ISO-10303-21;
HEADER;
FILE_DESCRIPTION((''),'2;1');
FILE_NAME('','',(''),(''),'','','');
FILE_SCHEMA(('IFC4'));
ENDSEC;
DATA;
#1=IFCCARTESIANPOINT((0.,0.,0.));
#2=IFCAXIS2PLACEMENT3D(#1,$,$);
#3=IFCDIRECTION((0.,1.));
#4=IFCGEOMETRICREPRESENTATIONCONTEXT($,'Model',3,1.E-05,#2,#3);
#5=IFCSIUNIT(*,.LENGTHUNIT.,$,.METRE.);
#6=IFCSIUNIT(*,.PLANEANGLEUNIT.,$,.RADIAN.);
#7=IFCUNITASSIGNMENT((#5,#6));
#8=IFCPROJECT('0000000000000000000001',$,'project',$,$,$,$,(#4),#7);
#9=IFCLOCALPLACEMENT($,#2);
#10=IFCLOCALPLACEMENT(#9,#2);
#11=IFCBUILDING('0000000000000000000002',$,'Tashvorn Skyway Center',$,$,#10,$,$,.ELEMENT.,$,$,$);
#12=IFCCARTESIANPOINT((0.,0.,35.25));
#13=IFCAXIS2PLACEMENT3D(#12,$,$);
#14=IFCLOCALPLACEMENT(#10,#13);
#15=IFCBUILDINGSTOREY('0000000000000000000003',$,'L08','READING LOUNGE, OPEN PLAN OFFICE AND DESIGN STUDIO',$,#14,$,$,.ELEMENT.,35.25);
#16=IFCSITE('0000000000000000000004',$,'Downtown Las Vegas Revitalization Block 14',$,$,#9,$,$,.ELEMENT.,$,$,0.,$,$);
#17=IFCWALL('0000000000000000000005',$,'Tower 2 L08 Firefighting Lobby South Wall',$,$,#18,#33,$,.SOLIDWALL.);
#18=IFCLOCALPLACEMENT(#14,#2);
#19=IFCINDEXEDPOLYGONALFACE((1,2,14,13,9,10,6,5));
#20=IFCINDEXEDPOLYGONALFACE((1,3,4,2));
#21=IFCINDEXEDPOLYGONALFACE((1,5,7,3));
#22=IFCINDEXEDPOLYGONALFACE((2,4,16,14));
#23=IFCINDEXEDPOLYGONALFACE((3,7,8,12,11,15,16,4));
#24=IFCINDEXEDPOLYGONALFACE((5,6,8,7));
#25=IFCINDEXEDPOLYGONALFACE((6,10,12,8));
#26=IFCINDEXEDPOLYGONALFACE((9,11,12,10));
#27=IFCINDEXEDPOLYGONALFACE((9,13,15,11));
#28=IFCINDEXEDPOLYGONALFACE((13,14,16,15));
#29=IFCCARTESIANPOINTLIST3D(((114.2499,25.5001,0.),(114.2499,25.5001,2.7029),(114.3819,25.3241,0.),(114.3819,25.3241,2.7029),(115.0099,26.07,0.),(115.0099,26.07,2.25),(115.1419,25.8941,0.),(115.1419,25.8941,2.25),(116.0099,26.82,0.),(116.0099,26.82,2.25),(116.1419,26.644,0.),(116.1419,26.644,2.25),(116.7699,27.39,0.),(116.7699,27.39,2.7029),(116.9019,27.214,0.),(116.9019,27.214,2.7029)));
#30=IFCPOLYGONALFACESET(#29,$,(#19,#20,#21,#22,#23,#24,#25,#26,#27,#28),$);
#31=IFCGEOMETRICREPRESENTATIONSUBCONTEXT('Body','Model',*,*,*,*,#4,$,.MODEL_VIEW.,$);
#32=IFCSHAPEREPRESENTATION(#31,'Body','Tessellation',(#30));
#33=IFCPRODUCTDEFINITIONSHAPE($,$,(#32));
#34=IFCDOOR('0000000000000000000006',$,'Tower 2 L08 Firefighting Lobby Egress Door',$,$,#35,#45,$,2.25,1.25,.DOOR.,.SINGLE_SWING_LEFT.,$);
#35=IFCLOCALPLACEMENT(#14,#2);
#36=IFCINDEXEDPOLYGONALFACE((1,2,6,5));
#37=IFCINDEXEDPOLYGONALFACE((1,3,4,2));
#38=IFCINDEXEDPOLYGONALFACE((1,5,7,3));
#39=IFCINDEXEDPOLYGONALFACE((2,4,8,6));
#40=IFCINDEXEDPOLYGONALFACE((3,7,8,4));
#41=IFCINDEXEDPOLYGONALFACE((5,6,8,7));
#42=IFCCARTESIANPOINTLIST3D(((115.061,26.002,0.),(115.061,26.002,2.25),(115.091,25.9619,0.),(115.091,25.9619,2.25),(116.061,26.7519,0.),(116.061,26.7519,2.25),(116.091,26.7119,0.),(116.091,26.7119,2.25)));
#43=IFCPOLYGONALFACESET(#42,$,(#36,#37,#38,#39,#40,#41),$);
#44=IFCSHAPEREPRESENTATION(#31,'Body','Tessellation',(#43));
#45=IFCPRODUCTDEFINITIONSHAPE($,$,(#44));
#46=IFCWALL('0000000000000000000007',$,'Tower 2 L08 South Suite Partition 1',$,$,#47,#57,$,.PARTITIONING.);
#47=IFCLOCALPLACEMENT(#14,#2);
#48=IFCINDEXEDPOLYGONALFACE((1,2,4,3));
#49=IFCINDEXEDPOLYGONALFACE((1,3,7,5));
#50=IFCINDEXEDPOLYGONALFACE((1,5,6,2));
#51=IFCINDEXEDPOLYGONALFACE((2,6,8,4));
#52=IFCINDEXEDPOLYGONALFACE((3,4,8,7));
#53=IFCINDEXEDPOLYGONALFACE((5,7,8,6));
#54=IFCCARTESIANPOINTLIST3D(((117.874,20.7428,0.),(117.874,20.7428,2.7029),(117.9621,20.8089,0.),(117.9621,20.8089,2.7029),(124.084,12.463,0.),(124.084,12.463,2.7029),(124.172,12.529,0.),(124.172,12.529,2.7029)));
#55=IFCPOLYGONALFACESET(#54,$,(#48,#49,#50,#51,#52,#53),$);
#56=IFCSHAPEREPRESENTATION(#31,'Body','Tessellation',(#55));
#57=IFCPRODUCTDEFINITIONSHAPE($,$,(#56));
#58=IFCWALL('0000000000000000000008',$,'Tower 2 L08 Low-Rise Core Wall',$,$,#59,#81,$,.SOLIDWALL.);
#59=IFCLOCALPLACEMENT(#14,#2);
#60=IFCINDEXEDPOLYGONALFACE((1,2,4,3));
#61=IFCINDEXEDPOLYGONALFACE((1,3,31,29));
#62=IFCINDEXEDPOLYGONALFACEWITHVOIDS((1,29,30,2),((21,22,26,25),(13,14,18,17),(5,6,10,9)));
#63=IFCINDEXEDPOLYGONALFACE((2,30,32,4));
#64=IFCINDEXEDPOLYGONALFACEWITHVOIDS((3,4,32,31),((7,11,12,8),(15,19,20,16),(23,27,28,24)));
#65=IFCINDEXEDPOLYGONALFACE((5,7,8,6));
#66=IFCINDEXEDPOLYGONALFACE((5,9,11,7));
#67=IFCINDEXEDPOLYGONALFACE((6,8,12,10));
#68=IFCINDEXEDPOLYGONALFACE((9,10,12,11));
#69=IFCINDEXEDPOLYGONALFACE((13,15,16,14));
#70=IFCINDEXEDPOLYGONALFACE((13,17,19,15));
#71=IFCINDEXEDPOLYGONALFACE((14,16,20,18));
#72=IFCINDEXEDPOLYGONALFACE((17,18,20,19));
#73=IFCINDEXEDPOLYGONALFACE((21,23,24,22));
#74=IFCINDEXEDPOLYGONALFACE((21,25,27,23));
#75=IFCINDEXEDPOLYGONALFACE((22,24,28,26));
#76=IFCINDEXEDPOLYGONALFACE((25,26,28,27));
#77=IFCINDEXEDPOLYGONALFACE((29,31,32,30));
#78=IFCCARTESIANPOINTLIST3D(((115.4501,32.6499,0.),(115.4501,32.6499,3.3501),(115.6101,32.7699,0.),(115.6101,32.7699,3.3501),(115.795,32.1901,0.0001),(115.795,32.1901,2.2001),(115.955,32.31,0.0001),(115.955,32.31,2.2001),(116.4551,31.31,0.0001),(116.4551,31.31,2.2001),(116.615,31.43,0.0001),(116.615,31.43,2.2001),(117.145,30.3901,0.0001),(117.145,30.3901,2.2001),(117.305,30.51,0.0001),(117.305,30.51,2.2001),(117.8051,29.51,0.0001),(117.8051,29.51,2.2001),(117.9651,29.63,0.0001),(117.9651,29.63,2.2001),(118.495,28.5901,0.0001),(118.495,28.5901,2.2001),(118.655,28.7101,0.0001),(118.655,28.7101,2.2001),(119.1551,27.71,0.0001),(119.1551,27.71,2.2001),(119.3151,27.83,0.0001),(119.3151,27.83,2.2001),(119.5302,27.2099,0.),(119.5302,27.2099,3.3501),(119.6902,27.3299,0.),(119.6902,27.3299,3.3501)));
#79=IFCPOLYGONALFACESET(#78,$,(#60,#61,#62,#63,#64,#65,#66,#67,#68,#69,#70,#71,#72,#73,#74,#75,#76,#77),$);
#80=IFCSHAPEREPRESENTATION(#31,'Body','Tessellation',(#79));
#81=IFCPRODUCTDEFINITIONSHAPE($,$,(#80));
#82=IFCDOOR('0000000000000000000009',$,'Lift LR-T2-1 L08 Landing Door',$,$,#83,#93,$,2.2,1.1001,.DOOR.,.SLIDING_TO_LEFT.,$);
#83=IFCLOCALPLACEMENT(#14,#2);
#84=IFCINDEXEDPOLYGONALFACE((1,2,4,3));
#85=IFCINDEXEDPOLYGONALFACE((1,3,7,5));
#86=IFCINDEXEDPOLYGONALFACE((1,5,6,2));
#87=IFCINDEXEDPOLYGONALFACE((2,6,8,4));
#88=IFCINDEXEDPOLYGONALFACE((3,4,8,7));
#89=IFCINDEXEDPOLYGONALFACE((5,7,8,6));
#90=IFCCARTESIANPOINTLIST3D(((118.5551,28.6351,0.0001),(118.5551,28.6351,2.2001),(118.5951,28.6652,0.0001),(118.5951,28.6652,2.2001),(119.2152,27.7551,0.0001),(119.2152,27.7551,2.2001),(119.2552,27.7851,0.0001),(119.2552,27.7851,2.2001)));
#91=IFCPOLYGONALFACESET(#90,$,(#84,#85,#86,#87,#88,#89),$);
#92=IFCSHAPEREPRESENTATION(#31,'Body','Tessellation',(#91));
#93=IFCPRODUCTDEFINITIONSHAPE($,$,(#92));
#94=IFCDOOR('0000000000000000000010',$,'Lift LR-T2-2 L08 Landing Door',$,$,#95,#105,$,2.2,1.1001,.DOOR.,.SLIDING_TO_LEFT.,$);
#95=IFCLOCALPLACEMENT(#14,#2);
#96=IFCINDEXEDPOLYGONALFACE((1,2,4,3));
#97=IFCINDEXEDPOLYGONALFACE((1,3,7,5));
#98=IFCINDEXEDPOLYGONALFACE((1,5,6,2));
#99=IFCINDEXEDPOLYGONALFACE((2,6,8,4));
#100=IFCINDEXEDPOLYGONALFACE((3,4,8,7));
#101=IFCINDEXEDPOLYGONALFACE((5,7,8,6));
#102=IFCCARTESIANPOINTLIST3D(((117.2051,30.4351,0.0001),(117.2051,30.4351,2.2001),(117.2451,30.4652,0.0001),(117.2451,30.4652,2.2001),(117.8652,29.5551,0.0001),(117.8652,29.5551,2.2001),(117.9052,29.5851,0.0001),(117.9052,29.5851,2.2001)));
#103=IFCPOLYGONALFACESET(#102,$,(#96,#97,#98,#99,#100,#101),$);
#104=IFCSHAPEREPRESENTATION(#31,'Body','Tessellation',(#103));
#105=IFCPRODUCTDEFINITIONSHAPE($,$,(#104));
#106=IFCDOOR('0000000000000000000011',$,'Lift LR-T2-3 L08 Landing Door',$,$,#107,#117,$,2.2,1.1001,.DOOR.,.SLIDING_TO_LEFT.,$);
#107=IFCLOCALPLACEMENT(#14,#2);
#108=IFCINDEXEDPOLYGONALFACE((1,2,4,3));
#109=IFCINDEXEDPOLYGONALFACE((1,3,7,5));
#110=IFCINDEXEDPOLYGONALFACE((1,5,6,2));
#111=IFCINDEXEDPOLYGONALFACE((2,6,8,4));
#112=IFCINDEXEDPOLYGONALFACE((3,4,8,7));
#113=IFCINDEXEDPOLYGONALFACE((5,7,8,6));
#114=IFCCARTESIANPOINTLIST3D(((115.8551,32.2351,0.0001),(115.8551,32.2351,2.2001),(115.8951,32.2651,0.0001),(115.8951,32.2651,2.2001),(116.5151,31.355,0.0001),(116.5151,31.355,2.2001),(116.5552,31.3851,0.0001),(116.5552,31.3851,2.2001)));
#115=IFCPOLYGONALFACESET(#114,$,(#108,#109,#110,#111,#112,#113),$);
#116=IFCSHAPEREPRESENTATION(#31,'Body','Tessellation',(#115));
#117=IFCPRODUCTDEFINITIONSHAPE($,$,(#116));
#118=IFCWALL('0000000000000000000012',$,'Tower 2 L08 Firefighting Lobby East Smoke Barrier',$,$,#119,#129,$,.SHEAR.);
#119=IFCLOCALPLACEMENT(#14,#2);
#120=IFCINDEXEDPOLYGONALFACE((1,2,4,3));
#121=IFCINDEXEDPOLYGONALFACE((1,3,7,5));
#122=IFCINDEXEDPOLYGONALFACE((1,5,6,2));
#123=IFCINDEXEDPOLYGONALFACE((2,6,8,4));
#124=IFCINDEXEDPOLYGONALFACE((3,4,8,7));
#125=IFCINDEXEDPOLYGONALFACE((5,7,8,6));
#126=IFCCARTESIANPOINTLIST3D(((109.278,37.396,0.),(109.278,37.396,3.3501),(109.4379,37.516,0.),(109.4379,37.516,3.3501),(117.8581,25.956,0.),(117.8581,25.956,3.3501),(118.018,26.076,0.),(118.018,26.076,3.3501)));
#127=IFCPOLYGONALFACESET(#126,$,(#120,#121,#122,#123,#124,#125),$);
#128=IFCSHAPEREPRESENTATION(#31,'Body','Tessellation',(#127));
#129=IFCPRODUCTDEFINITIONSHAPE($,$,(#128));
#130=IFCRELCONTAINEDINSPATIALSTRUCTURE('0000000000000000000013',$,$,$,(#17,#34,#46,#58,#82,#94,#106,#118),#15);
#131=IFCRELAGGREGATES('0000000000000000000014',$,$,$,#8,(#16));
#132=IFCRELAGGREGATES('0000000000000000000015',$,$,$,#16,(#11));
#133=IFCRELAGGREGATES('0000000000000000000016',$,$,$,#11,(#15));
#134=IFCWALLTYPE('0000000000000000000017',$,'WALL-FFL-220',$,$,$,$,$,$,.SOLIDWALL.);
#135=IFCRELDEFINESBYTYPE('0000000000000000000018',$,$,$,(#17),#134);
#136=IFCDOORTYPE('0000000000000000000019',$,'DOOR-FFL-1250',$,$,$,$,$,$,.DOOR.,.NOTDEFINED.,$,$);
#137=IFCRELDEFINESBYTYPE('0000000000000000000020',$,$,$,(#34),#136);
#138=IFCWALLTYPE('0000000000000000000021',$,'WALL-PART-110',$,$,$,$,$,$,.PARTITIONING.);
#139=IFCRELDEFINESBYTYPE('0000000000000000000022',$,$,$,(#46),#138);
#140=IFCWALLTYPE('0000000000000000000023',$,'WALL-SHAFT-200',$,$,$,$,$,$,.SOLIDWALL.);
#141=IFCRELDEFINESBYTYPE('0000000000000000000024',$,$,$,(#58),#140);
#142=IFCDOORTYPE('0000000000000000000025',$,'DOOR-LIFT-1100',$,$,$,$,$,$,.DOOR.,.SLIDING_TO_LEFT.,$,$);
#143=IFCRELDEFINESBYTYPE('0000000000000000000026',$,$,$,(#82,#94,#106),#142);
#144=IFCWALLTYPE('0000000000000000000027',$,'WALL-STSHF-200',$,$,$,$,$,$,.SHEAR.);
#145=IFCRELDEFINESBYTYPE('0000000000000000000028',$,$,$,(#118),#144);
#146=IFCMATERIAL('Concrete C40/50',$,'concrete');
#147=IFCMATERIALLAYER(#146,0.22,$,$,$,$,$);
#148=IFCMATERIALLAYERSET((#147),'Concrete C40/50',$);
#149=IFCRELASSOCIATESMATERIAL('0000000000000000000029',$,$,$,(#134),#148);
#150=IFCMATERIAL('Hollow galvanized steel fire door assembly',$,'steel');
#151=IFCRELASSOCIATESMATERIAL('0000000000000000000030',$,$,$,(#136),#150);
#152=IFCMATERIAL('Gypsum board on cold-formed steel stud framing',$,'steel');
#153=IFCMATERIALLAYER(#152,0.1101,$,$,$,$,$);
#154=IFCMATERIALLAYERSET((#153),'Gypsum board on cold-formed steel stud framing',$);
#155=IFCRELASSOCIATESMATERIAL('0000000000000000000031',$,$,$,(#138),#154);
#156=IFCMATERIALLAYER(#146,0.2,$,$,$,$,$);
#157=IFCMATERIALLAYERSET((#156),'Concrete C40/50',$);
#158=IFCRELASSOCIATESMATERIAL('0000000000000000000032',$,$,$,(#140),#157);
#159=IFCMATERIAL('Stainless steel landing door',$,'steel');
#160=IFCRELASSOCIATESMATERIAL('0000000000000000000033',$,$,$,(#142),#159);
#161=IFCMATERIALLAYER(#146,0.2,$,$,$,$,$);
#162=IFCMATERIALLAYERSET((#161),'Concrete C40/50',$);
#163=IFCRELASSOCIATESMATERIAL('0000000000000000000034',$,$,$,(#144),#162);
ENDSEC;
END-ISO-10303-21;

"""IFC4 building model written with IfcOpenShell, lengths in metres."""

from ifc_helpers import new_model, si_unit, direction, frame, frame_2d, origin, place, context, subcontext, project, spatial, rectangle, extrude, material, layer, layer_set, type_object, element, fill, save


model = new_model("IFC4")

# Units and contexts
model_context = context("Model", 3, precision=1e-05, world=origin(), true_north=direction((0.0, 1.0)))
body_context = subcontext(model_context, "Body", "Model", "MODEL_VIEW")
ifc_project = project(units=[si_unit("LENGTHUNIT", "METRE"), si_unit("PLANEANGLEUNIT", "RADIAN")], contexts=[model_context])

# Site, building, storey
site_placement = place(None, origin())
site = spatial("IfcSite", under=ifc_project, at=site_placement, Name="Downtown Las Vegas Revitalization Block 14", CompositionType="ELEMENT", RefElevation=0.0)
building_placement = place(site_placement, origin())
building = spatial("IfcBuilding", under=site, at=building_placement, Name="Tashvorn Skyway Center", CompositionType="ELEMENT")
storey_placement = place(building_placement, frame((0.0, 0.0, 35.25)))
storey = spatial("IfcBuildingStorey", under=building, at=storey_placement, Name="L08", Description="READING LOUNGE, OPEN PLAN OFFICE AND DESIGN STUDIO", CompositionType="ELEMENT", Elevation=35.25)

# Wall, opening, door
ifc_material_1 = material(Name="Concrete C40/50", Category="concrete")
ifc_layer_1 = layer(ifc_material_1, 0.22)
ifc_layer_set_1 = layer_set([ifc_layer_1], Name="Concrete C40/50")
wall_type_1 = type_object("IfcWallType", Name="WALL-FFL-220", PredefinedType="SOLIDWALL", material=ifc_layer_set_1)
wall_1_placement = place(storey_placement, frame((114.3159, 25.4121, 0.0), z_axis=(0.0, 0.0, 1.0), x_axis=(0.800019, 0.599975, 0.0)))
wall_1 = element("IfcWall", 1, at=wall_1_placement, inside=storey, type_object=wall_type_1, Name="Tower 2 L08 Firefighting Lobby South Wall", PredefinedType="SOLIDWALL", context=body_context, shape_type="SweptSolid", body=[
    extrude(rectangle(XDim=3.1499, YDim=0.22, at=frame_2d((1.575, 0.0))), origin(), (0.0, 0.0, 1.0), 2.7029),
])
opening_1_placement = place(wall_1_placement, frame((0.95, 0.0, 0.0)))
opening_1 = element("IfcOpeningElement", 2, at=opening_1_placement, cuts=wall_1, PredefinedType="OPENING", context=body_context, shape_type="SweptSolid", body=[
    extrude(rectangle(XDim=1.25, YDim=2.25, at=frame_2d((0.625, 1.125))), frame((0.0, 0.1199, 0.0), z_axis=(0.0, -1.0, 0.0), x_axis=(1.0, 0.0, 0.0)), (0.0, 0.0, 1.0), 0.24),
])
ifc_material_2 = material(Name="Hollow galvanized steel fire door assembly", Category="steel")
door_type_1 = type_object("IfcDoorType", Name="DOOR-FFL-1250", OperationType="NOTDEFINED", PredefinedType="DOOR", material=ifc_material_2)
door_1_placement = place(opening_1_placement, origin())
door_1 = element("IfcDoor", 3, at=door_1_placement, inside=storey, type_object=door_type_1, Name="Tower 2 L08 Firefighting Lobby Egress Door", OperationType="SINGLE_SWING_LEFT", OverallHeight=2.25, OverallWidth=1.25, PredefinedType="DOOR", context=body_context, shape_type="SweptSolid", body=[
    extrude(rectangle(XDim=1.25, YDim=2.25, at=frame_2d((0.625, 1.125))), frame((0.0, 0.0249, 0.0), z_axis=(0.0, -1.0, 0.0), x_axis=(1.0, 0.0, 0.0)), (0.0, 0.0, 1.0), 0.05),
])
fill(opening_1, door_1)

# Wall
ifc_material_3 = material(Name="Gypsum board on cold-formed steel stud framing", Category="steel")
ifc_layer_2 = layer(ifc_material_3, 0.1101)
ifc_layer_set_2 = layer_set([ifc_layer_2], Name="Gypsum board on cold-formed steel stud framing")
wall_type_2 = type_object("IfcWallType", Name="WALL-PART-110", PredefinedType="PARTITIONING", material=ifc_layer_set_2)
wall_2_placement = place(storey_placement, frame((124.1279, 12.4961, 0.0), z_axis=(0.0, 0.0, 1.0), x_axis=(-0.600008, 0.799994, 0.0)))
element("IfcWall", 4, at=wall_2_placement, inside=storey, type_object=wall_type_2, Name="Tower 2 L08 South Suite Partition 1", PredefinedType="PARTITIONING", context=body_context, shape_type="SweptSolid", body=[
    extrude(rectangle(XDim=10.3499, YDim=0.1101, at=frame_2d((5.1748, 0.0))), origin(), (0.0, 0.0, 1.0), 2.7029),
])

# Wall, openings, doors
ifc_layer_3 = layer(ifc_material_1, 0.2)
ifc_layer_set_3 = layer_set([ifc_layer_3], Name="Concrete C40/50")
wall_type_3 = type_object("IfcWallType", Name="WALL-SHAFT-200", PredefinedType="SOLIDWALL", material=ifc_layer_set_3)
wall_3_placement = place(storey_placement, frame((119.6101, 27.27, 0.0), z_axis=(0.0, 0.0, 1.0), x_axis=(-0.600011, 0.799991, 0.0)))
wall_3 = element("IfcWall", 5, at=wall_3_placement, inside=storey, type_object=wall_type_3, Name="Tower 2 L08 Low-Rise Core Wall", PredefinedType="SOLIDWALL", context=body_context, shape_type="SweptSolid", body=[
    extrude(rectangle(XDim=6.8, YDim=0.2, at=frame_2d((3.3999, 0.0))), origin(), (0.0, 0.0, 1.0), 3.3501),
])
opening_2_placement = place(wall_3_placement, frame((0.625, 0.0, 0.0)))
opening_2 = element("IfcOpeningElement", 6, at=opening_2_placement, cuts=wall_3, PredefinedType="OPENING", context=body_context, shape_type="SweptSolid", body=[
    extrude(rectangle(XDim=1.1001, YDim=2.2, at=frame_2d((0.55, 1.1001))), frame((0.0, 0.1099, 0.0), z_axis=(0.0, -1.0, 0.0), x_axis=(1.0, 0.0, 0.0)), (0.0, 0.0, 1.0), 0.22),
])
opening_3_placement = place(wall_3_placement, frame((2.875, 0.0, 0.0)))
opening_3 = element("IfcOpeningElement", 7, at=opening_3_placement, cuts=wall_3, PredefinedType="OPENING", context=body_context, shape_type="SweptSolid", body=[
    extrude(rectangle(XDim=1.1001, YDim=2.2, at=frame_2d((0.55, 1.1001))), frame((0.0, 0.1099, 0.0), z_axis=(0.0, -1.0, 0.0), x_axis=(1.0, 0.0, 0.0)), (0.0, 0.0, 1.0), 0.22),
])
opening_4_placement = place(wall_3_placement, frame((5.125, 0.0, 0.0)))
opening_4 = element("IfcOpeningElement", 8, at=opening_4_placement, cuts=wall_3, PredefinedType="OPENING", context=body_context, shape_type="SweptSolid", body=[
    extrude(rectangle(XDim=1.1001, YDim=2.2, at=frame_2d((0.55, 1.1001))), frame((0.0, 0.1099, 0.0), z_axis=(0.0, -1.0, 0.0), x_axis=(1.0, 0.0, 0.0)), (0.0, 0.0, 1.0), 0.22),
])
ifc_material_4 = material(Name="Stainless steel landing door", Category="steel")
door_type_2 = type_object("IfcDoorType", Name="DOOR-LIFT-1100", OperationType="SLIDING_TO_LEFT", PredefinedType="DOOR", material=ifc_material_4)
door_2_placement = place(opening_2_placement, origin())
door_2 = element("IfcDoor", 9, at=door_2_placement, inside=storey, type_object=door_type_2, Name="Lift LR-T2-1 L08 Landing Door", OperationType="SLIDING_TO_LEFT", OverallHeight=2.2, OverallWidth=1.1001, PredefinedType="DOOR", context=body_context, shape_type="SweptSolid", body=[
    extrude(rectangle(XDim=1.1001, YDim=2.2, at=frame_2d((0.55, 1.1001))), frame((0.0, 0.0249, 0.0), z_axis=(0.0, -1.0, 0.0), x_axis=(1.0, 0.0, 0.0)), (0.0, 0.0, 1.0), 0.05),
])
fill(opening_2, door_2)
door_3_placement = place(opening_3_placement, origin())
door_3 = element("IfcDoor", 10, at=door_3_placement, inside=storey, type_object=door_type_2, Name="Lift LR-T2-2 L08 Landing Door", OperationType="SLIDING_TO_LEFT", OverallHeight=2.2, OverallWidth=1.1001, PredefinedType="DOOR", context=body_context, shape_type="SweptSolid", body=[
    extrude(rectangle(XDim=1.1001, YDim=2.2, at=frame_2d((0.55, 1.1001))), frame((0.0, 0.0249, 0.0), z_axis=(0.0, -1.0, 0.0), x_axis=(1.0, 0.0, 0.0)), (0.0, 0.0, 1.0), 0.05),
])
fill(opening_3, door_3)
door_4_placement = place(opening_4_placement, origin())
door_4 = element("IfcDoor", 11, at=door_4_placement, inside=storey, type_object=door_type_2, Name="Lift LR-T2-3 L08 Landing Door", OperationType="SLIDING_TO_LEFT", OverallHeight=2.2, OverallWidth=1.1001, PredefinedType="DOOR", context=body_context, shape_type="SweptSolid", body=[
    extrude(rectangle(XDim=1.1001, YDim=2.2, at=frame_2d((0.55, 1.1001))), frame((0.0, 0.0249, 0.0), z_axis=(0.0, -1.0, 0.0), x_axis=(1.0, 0.0, 0.0)), (0.0, 0.0, 1.0), 0.05),
])
fill(opening_4, door_4)

# Wall
ifc_layer_4 = layer(ifc_material_1, 0.2)
ifc_layer_set_4 = layer_set([ifc_layer_4], Name="Concrete C40/50")
wall_type_4 = type_object("IfcWallType", Name="WALL-STSHF-200", PredefinedType="SHEAR", material=ifc_layer_set_4)
wall_4_placement = place(storey_placement, frame((117.938, 26.0161, 0.0), z_axis=(0.0, 0.0, 1.0), x_axis=(-0.600005, 0.799996, 0.0)))
element("IfcWall", 12, at=wall_4_placement, inside=storey, type_object=wall_type_4, Name="Tower 2 L08 Firefighting Lobby East Smoke Barrier", PredefinedType="SHEAR", context=body_context, shape_type="SweptSolid", body=[
    extrude(rectangle(XDim=14.3, YDim=0.2, at=frame_2d((7.1499, 0.0))), origin(), (0.0, 0.0, 1.0), 3.3501),
])

save(model, "model.ifc")
